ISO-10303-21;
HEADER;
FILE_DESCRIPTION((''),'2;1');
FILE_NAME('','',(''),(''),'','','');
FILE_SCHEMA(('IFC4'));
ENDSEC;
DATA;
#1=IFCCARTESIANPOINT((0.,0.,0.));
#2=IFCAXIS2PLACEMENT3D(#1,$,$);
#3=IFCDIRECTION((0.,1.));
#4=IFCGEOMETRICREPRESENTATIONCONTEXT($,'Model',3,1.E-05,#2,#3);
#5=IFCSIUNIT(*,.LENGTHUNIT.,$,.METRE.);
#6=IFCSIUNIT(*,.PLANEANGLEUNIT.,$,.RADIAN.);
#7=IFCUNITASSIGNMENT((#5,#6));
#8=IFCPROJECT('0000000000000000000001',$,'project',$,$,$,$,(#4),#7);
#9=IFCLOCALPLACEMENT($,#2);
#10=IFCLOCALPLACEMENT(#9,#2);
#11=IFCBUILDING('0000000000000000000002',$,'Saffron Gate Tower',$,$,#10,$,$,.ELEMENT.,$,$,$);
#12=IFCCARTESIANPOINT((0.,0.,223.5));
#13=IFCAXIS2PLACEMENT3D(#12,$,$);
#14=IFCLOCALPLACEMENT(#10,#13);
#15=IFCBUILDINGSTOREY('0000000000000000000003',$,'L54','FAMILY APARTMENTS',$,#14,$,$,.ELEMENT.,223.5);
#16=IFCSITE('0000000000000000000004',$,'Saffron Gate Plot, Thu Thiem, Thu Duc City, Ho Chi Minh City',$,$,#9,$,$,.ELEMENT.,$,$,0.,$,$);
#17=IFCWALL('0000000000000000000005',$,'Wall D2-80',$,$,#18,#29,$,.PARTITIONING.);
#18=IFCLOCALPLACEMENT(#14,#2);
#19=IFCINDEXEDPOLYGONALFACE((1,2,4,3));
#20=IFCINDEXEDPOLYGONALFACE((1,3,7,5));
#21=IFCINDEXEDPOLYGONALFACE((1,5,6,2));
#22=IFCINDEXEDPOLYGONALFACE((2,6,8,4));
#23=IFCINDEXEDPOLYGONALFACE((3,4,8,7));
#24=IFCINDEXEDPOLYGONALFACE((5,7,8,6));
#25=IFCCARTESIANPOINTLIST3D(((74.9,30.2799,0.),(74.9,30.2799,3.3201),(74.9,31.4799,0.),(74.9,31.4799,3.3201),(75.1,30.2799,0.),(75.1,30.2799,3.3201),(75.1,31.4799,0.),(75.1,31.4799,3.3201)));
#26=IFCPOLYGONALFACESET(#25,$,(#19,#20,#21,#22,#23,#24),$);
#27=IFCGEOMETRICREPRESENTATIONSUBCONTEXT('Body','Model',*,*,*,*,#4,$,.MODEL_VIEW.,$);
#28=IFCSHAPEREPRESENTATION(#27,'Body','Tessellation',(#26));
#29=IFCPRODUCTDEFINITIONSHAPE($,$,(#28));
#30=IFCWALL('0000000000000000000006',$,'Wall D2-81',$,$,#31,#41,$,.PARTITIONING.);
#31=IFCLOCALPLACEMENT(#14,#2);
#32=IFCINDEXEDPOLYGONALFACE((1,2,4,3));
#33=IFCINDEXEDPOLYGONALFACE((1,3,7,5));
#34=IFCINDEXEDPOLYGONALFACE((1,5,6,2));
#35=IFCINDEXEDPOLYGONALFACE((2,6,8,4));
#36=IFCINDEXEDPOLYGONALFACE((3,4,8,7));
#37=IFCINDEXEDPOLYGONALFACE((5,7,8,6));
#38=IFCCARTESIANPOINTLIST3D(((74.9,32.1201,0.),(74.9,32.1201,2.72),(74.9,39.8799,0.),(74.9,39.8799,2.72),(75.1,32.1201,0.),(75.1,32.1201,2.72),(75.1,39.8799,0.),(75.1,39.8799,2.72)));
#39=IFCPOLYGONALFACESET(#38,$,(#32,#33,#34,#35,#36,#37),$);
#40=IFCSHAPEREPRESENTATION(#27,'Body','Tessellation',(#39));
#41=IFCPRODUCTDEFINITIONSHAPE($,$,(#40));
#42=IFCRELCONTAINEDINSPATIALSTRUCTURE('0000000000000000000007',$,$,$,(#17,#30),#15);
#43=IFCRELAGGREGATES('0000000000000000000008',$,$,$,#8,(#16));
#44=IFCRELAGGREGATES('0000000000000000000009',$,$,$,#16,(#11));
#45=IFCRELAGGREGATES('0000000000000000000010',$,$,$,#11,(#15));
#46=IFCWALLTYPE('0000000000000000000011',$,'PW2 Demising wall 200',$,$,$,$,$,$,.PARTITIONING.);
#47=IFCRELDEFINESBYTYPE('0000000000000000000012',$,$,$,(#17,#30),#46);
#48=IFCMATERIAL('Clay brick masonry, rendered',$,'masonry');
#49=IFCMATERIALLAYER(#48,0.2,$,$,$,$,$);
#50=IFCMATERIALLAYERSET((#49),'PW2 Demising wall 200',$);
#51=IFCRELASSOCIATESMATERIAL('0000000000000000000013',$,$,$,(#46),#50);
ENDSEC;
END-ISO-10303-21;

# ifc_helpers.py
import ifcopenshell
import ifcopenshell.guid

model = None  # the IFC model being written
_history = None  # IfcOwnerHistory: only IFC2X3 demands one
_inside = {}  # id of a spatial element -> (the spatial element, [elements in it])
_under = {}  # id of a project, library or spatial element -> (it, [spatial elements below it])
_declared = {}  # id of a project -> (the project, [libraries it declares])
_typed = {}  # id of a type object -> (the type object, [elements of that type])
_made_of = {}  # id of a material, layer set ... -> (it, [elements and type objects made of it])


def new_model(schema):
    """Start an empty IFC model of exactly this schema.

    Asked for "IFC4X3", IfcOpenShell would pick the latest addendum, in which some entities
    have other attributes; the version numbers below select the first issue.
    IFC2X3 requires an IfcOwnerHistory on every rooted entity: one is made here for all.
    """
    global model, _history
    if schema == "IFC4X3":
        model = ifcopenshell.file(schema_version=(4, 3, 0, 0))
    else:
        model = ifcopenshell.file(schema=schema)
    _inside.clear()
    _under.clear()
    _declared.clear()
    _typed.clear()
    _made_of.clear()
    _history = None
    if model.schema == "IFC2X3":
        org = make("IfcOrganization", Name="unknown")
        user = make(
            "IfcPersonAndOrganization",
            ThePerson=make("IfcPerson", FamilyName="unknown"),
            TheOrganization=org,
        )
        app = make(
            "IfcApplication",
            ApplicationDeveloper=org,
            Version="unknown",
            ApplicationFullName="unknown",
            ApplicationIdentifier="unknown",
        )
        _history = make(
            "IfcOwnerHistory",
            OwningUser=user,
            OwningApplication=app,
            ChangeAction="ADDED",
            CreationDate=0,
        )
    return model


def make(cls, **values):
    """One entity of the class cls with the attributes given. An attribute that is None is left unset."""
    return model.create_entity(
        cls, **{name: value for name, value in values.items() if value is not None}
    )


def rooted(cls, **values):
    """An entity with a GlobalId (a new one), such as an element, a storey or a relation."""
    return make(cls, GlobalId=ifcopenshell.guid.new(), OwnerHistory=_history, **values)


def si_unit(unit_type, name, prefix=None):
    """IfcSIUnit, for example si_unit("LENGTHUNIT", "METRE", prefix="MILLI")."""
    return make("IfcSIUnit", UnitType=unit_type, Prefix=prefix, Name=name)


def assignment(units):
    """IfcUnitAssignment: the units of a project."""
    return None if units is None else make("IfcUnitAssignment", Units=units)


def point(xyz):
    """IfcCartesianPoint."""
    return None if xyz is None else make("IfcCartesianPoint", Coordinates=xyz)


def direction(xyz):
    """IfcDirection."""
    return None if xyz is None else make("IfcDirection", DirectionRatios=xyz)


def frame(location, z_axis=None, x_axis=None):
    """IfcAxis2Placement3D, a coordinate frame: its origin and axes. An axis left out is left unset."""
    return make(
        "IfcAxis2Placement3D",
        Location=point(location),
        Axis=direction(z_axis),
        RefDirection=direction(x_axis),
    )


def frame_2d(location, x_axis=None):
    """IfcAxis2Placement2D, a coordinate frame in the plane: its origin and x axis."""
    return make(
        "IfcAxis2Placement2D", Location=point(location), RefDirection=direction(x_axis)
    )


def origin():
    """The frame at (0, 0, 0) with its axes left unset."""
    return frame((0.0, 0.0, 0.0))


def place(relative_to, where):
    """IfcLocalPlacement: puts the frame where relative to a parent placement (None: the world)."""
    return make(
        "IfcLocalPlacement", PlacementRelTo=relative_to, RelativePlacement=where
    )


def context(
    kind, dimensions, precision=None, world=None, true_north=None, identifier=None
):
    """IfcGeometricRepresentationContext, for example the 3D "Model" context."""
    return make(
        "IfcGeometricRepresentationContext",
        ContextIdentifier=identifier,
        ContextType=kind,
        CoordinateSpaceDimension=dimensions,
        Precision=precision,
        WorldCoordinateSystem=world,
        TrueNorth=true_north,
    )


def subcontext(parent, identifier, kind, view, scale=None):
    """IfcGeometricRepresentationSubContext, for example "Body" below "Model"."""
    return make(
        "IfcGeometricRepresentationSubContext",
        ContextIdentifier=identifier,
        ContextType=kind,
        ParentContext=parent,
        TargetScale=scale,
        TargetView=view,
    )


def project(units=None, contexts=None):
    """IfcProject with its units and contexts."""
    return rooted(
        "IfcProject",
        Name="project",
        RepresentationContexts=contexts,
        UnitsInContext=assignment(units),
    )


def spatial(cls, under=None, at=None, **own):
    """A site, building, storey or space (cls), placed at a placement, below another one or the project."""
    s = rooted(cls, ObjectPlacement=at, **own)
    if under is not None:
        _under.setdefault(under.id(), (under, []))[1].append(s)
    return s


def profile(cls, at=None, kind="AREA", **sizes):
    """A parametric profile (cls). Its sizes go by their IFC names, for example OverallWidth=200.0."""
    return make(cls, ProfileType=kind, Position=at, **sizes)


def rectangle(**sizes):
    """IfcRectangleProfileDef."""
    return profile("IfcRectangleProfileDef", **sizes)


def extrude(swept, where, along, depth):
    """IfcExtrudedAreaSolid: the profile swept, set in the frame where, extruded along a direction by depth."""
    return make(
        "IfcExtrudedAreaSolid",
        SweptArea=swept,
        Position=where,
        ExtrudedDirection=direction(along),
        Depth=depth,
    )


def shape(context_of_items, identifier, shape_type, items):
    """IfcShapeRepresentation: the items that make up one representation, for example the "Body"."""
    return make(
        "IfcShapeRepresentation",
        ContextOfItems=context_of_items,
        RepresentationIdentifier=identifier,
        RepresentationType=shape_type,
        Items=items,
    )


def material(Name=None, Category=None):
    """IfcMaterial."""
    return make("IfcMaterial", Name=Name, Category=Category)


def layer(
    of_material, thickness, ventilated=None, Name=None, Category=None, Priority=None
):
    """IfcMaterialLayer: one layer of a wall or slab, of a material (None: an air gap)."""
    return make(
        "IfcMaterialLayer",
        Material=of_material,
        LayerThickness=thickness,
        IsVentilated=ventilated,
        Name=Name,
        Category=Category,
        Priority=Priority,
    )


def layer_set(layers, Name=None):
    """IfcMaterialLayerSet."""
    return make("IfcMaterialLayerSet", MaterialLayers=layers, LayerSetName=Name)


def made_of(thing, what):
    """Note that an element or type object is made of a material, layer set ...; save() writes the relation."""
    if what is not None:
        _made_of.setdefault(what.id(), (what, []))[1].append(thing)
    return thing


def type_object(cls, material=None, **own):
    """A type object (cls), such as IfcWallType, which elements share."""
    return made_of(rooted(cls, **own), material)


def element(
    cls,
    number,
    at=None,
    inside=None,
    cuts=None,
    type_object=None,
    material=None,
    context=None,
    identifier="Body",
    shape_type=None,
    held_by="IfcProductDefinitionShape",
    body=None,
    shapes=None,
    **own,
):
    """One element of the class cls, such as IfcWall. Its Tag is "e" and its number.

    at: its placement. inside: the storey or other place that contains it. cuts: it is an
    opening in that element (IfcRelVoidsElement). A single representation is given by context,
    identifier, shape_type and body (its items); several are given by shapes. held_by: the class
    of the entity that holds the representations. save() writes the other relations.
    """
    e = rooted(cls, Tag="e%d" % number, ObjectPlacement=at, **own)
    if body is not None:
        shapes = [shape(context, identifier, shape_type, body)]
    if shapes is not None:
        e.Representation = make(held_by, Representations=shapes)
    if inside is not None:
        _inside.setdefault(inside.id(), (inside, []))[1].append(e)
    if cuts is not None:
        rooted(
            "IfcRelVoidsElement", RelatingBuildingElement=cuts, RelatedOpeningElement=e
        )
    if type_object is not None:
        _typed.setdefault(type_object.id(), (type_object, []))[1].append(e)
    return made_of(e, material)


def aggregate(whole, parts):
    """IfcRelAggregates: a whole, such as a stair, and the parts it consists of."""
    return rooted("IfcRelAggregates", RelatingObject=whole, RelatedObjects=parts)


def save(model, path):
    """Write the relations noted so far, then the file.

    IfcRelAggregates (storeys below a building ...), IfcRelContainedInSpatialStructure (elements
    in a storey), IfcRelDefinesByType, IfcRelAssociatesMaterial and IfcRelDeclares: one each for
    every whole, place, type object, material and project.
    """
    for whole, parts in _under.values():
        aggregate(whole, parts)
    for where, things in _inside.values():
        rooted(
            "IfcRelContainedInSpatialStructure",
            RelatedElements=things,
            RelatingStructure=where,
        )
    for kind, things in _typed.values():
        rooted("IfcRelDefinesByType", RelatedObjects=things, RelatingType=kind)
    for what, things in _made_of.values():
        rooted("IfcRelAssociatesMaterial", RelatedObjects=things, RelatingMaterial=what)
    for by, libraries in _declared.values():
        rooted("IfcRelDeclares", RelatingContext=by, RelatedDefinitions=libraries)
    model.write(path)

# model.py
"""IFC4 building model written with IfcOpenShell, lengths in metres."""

from ifc_helpers import new_model, si_unit, direction, frame, frame_2d, origin, place, context, subcontext, project, spatial, rectangle, extrude, material, layer, layer_set, type_object, element, save


model = new_model("IFC4")

# Units and contexts
model_context = context("Model", 3, precision=1e-05, world=origin(), true_north=direction((0.0, 1.0)))
body_context = subcontext(model_context, "Body", "Model", "MODEL_VIEW")
ifc_project = project(units=[si_unit("LENGTHUNIT", "METRE"), si_unit("PLANEANGLEUNIT", "RADIAN")], contexts=[model_context])

# Site, building, storey
site_placement = place(None, origin())
site = spatial("IfcSite", under=ifc_project, at=site_placement, Name="Saffron Gate Plot, Thu Thiem, Thu Duc City, Ho Chi Minh City", CompositionType="ELEMENT", RefElevation=0.0)
building_placement = place(site_placement, origin())
building = spatial("IfcBuilding", under=site, at=building_placement, Name="Saffron Gate Tower", CompositionType="ELEMENT")
storey_placement = place(building_placement, frame((0.0, 0.0, 223.5)))
storey = spatial("IfcBuildingStorey", under=building, at=storey_placement, Name="L54", Description="FAMILY APARTMENTS", CompositionType="ELEMENT", Elevation=223.5)

# Walls
ifc_material_1 = material(Name="Clay brick masonry, rendered", Category="masonry")
ifc_layer_1 = layer(ifc_material_1, 0.2)
ifc_layer_set_1 = layer_set([ifc_layer_1], Name="PW2 Demising wall 200")
wall_type_1 = type_object("IfcWallType", Name="PW2 Demising wall 200", PredefinedType="PARTITIONING", material=ifc_layer_set_1)
wall_1_placement = place(storey_placement, frame((75.0, 31.48, 0.0), z_axis=(0.0, 0.0, 1.0), x_axis=(0.0, -1.0, 0.0)))
element("IfcWall", 1, at=wall_1_placement, inside=storey, type_object=wall_type_1, Name="Wall D2-80", PredefinedType="PARTITIONING", context=body_context, shape_type="SweptSolid", body=[
    extrude(rectangle(XDim=1.2, YDim=0.2, at=frame_2d((0.6001, 0.0))), origin(), (0.0, 0.0, 1.0), 3.3201),
])
wall_2_placement = place(storey_placement, frame((75.0, 39.8799, 0.0), z_axis=(0.0, 0.0, 1.0), x_axis=(0.0, -1.0, 0.0)))
element("IfcWall", 2, at=wall_2_placement, inside=storey, type_object=wall_type_1, Name="Wall D2-81", PredefinedType="PARTITIONING", context=body_context, shape_type="SweptSolid", body=[
    extrude(rectangle(XDim=7.7598, YDim=0.2, at=frame_2d((3.8799, 0.0))), origin(), (0.0, 0.0, 1.0), 2.72),
])

save(model, "model.ifc")
